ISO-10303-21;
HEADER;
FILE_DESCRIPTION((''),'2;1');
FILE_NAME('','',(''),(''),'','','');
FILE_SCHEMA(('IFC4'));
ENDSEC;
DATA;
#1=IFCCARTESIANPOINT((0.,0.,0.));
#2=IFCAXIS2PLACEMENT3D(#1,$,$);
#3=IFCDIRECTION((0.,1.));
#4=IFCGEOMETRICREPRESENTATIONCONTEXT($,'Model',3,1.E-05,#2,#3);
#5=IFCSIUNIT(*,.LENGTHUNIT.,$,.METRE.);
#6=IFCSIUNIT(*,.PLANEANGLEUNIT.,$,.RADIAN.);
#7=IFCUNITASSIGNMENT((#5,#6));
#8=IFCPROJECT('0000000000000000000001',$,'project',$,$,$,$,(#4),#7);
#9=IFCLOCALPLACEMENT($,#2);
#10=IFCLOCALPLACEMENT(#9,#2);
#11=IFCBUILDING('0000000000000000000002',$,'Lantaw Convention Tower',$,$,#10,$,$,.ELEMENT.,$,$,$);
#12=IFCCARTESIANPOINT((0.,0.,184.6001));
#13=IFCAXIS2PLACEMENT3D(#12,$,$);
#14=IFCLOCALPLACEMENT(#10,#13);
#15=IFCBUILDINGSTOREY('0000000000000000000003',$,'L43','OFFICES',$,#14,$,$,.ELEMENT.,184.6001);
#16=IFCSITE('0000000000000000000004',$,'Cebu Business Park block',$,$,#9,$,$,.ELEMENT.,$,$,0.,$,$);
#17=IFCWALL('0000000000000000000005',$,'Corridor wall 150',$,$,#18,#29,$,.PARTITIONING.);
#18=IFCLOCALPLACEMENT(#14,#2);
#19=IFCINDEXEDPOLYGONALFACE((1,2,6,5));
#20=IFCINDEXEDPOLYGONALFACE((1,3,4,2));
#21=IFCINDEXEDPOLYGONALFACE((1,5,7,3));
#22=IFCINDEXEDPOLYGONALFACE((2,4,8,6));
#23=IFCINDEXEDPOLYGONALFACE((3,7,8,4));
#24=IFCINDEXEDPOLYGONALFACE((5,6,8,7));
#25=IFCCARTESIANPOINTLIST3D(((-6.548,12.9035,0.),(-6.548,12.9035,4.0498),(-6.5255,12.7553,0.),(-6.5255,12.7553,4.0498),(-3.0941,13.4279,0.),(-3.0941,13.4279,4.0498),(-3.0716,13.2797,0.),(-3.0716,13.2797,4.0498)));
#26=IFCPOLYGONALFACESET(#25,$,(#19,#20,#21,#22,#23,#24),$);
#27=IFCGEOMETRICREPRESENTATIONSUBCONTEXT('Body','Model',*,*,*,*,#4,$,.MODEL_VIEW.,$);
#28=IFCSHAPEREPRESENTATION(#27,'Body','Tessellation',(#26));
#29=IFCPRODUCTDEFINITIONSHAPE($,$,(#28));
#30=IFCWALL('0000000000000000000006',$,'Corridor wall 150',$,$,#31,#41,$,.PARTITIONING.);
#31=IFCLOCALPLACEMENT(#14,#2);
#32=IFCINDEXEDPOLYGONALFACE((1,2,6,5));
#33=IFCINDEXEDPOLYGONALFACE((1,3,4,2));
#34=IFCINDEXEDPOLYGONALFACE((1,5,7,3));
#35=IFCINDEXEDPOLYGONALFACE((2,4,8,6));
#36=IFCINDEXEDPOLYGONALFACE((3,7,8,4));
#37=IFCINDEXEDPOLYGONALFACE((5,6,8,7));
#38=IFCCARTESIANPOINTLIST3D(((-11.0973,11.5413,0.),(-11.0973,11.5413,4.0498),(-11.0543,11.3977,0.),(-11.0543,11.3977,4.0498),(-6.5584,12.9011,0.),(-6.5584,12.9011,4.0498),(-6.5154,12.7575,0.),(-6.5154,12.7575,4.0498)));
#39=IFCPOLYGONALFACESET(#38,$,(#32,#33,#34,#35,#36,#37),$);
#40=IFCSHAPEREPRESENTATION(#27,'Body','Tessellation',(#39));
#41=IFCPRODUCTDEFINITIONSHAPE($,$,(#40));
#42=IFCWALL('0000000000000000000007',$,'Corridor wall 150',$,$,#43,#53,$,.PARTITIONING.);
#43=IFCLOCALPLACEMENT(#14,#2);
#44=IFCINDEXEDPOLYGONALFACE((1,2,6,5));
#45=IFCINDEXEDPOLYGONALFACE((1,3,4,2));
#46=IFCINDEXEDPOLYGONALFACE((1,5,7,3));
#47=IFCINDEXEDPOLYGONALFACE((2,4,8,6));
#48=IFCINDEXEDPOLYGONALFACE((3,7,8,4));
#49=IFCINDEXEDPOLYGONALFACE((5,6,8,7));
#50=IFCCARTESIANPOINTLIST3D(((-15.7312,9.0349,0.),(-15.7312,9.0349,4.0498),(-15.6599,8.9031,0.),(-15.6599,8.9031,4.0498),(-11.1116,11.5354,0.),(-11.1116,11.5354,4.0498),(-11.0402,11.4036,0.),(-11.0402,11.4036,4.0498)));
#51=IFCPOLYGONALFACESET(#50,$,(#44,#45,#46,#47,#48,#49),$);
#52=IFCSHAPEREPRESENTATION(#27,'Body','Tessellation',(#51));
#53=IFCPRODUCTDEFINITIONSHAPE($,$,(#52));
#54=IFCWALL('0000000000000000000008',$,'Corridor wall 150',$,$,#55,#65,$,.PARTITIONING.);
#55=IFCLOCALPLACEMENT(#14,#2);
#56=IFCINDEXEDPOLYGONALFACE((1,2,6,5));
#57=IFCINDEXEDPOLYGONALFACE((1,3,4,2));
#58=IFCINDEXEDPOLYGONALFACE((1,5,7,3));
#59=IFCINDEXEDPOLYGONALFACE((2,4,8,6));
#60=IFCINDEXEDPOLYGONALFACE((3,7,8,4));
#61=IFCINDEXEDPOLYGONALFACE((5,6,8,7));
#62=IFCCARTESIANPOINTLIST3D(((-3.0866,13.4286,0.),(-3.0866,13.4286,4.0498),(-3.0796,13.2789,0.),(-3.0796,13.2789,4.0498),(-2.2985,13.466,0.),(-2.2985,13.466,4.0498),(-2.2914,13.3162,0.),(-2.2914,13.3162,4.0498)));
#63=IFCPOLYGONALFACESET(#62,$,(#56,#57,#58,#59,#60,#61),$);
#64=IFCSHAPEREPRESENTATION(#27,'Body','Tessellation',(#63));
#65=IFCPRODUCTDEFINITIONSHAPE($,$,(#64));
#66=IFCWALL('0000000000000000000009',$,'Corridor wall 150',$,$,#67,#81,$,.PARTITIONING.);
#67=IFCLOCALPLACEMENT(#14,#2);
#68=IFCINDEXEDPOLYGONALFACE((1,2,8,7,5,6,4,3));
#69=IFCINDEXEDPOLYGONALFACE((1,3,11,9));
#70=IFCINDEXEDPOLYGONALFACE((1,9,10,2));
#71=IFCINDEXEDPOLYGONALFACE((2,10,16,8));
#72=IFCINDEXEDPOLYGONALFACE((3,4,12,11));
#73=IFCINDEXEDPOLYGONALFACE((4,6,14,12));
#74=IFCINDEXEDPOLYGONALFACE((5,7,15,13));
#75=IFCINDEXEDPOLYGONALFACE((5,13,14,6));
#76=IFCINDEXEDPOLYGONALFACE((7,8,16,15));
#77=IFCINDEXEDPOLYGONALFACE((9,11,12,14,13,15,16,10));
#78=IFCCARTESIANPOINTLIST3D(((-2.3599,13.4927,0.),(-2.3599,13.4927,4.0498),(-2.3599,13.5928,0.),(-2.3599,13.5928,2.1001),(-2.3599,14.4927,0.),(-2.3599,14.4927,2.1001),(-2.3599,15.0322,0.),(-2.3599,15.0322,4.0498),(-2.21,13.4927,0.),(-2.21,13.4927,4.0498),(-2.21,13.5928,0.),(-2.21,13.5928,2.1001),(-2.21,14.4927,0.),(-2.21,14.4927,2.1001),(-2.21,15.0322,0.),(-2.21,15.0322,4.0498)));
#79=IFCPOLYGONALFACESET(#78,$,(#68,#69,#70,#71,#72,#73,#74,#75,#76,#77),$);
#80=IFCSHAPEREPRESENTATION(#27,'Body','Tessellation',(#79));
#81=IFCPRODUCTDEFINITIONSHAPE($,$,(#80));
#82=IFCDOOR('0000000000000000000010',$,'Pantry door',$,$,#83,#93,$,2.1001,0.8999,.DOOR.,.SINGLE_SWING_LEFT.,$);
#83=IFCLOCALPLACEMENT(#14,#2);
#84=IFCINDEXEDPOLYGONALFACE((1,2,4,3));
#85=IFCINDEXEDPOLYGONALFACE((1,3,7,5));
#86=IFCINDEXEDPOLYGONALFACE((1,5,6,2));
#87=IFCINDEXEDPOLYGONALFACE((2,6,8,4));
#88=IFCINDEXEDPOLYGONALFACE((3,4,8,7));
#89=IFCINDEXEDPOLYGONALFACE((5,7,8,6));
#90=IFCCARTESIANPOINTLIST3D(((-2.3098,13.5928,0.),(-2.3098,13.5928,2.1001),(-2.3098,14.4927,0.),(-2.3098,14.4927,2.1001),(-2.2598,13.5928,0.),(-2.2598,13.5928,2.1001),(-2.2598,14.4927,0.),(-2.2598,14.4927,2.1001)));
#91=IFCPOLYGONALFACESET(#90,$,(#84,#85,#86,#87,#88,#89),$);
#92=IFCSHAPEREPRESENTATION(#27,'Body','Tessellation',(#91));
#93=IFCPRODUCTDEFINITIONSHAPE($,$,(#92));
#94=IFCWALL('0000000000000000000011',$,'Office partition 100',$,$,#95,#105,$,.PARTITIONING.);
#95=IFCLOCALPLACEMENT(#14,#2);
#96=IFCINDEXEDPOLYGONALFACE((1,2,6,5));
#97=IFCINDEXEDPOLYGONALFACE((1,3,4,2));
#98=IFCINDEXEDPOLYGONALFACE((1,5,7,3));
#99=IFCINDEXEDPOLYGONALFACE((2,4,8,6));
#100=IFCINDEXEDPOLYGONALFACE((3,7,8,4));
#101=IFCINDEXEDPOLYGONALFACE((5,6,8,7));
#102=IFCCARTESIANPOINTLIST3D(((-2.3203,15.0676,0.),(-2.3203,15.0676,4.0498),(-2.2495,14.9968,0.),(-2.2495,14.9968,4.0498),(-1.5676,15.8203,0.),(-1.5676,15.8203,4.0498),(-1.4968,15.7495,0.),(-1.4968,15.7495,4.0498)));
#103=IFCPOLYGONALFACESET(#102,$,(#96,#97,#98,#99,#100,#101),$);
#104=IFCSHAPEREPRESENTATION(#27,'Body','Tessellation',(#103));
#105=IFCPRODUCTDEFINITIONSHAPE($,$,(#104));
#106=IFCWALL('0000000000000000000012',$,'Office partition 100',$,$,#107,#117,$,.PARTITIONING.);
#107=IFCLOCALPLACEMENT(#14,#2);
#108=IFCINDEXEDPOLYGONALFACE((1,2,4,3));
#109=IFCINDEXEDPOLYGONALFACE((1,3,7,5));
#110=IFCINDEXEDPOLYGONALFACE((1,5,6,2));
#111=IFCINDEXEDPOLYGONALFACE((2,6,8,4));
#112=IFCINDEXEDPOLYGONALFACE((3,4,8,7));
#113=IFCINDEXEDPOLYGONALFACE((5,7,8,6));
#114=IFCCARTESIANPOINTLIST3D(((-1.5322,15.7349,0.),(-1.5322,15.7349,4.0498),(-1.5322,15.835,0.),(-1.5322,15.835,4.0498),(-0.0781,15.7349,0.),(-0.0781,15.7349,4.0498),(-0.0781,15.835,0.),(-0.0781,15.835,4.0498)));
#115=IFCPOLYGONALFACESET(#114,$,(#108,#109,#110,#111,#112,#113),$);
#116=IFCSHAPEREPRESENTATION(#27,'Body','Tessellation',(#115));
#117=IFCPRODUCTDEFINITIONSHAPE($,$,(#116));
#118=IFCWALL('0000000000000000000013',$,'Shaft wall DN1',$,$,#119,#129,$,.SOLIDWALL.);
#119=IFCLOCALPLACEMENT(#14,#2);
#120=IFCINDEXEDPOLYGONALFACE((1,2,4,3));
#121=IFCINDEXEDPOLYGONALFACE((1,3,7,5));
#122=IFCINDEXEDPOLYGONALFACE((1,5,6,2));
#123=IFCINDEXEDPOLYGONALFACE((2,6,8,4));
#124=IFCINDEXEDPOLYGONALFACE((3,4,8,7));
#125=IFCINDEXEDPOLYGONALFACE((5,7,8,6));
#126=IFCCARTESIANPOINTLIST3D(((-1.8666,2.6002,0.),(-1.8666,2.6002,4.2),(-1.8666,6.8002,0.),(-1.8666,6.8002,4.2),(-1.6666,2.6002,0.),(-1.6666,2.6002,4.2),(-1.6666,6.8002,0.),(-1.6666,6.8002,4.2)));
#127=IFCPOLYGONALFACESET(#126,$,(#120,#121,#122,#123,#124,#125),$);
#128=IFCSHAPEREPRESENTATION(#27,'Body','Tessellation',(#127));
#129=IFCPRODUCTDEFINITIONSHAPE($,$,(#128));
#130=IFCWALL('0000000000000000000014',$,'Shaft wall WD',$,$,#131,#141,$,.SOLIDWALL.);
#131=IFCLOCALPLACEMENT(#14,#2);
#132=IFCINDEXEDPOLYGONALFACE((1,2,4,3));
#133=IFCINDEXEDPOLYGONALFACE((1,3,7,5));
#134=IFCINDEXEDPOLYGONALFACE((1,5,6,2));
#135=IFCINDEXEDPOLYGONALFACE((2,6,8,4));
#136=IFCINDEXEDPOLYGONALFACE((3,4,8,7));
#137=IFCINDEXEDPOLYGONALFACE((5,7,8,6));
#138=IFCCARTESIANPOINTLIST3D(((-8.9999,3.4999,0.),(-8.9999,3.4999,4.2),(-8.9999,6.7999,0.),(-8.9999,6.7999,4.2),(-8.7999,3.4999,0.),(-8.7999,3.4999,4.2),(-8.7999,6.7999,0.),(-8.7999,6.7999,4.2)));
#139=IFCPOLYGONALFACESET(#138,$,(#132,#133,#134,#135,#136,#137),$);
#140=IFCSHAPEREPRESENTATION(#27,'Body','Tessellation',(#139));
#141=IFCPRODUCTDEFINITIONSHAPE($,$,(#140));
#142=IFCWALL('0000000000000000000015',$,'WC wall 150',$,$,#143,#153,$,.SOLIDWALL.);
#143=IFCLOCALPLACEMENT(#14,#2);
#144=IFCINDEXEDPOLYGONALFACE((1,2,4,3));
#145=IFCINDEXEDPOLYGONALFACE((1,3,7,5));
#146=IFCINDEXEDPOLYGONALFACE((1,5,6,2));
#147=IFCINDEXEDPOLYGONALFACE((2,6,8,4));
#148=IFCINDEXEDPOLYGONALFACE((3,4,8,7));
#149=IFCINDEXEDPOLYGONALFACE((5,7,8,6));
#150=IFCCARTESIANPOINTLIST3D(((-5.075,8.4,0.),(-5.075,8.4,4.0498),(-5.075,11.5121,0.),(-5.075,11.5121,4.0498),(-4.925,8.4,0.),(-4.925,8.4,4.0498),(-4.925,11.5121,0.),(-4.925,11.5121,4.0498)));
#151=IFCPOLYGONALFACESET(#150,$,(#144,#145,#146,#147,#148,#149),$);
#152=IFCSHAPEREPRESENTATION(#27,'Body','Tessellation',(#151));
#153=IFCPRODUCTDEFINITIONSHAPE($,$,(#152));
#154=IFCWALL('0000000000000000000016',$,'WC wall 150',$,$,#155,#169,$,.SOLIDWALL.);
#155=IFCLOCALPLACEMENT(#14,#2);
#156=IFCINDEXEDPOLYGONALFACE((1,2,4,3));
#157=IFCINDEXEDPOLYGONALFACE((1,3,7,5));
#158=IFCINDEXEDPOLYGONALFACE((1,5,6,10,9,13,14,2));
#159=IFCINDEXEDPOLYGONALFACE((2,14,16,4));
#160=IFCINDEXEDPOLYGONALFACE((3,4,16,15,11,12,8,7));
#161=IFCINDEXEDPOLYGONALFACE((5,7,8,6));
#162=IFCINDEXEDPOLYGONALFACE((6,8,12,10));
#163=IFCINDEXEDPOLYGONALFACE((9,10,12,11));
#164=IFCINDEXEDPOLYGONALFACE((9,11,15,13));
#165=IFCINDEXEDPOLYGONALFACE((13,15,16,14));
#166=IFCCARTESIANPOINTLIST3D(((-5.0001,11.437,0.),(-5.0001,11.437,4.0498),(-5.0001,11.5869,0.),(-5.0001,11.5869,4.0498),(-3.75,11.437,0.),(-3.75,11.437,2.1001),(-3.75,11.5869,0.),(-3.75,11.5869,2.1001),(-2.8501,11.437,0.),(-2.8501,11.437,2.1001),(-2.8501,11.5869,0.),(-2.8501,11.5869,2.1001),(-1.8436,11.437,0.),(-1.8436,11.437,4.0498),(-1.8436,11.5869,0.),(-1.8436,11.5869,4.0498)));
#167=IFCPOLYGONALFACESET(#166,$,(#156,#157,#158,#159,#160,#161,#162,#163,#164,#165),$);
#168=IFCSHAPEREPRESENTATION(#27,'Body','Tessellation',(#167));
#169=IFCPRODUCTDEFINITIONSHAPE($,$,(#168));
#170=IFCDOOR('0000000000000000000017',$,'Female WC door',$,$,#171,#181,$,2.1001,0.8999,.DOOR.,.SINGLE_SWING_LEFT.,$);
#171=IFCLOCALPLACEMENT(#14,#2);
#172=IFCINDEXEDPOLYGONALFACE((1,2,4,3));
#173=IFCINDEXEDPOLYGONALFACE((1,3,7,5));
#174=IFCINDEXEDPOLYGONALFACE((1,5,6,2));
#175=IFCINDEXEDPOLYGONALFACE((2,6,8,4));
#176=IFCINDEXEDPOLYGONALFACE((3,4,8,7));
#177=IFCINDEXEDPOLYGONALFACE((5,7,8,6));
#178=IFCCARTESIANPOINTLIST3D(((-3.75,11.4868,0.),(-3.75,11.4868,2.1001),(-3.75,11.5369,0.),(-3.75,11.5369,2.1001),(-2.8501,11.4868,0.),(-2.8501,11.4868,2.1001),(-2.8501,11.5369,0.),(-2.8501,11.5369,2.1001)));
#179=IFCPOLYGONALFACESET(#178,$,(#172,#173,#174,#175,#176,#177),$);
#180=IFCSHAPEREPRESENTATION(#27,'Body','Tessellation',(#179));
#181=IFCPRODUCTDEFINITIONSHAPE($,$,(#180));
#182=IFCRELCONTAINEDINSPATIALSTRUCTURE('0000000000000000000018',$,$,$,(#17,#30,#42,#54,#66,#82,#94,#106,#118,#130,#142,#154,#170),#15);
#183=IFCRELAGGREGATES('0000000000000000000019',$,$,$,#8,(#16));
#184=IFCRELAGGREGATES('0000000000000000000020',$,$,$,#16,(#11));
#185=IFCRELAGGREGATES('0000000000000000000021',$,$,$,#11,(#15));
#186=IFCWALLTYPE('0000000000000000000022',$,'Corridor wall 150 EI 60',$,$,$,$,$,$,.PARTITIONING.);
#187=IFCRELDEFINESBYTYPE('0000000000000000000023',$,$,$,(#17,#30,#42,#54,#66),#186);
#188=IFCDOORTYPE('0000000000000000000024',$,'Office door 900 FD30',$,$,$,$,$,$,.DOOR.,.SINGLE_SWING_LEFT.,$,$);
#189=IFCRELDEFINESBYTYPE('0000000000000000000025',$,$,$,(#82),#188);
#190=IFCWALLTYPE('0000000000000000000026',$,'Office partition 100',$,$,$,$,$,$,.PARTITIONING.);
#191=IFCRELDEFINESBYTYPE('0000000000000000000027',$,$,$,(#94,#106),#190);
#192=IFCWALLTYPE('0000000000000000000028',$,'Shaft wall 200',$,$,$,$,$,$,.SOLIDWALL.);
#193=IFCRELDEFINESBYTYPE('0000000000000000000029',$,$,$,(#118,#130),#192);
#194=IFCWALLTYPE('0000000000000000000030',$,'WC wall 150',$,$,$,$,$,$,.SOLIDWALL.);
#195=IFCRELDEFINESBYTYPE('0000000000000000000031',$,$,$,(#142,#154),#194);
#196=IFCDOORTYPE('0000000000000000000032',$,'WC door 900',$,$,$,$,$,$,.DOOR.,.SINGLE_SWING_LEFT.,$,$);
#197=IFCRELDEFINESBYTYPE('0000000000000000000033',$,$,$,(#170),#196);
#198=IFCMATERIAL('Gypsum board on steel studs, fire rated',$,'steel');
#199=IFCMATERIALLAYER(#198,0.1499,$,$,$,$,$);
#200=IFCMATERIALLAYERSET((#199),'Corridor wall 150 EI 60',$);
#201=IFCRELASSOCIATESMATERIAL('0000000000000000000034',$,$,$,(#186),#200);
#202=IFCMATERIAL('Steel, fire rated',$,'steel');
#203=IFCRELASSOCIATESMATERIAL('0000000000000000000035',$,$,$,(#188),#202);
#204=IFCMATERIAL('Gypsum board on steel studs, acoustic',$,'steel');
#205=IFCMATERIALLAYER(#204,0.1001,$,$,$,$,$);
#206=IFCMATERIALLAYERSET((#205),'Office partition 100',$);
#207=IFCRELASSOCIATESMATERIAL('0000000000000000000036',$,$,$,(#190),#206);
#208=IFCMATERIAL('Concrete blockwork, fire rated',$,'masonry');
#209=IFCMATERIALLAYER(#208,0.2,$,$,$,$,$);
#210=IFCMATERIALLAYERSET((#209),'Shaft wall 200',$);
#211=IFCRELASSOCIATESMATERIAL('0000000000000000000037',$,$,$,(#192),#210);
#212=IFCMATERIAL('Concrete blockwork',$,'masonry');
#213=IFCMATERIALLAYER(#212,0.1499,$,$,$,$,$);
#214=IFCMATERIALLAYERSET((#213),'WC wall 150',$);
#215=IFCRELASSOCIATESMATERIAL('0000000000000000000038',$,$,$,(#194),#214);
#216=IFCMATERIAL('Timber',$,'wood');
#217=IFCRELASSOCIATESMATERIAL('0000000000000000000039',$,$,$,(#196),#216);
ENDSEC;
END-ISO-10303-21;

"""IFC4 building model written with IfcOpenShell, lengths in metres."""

from ifc_helpers import new_model, si_unit, direction, frame, frame_2d, origin, place, context, subcontext, project, spatial, rectangle, extrude, material, layer, layer_set, type_object, element, fill, save


model = new_model("IFC4")

# Units and contexts
model_context = context("Model", 3, precision=1e-05, world=origin(), true_north=direction((0.0, 1.0)))
body_context = subcontext(model_context, "Body", "Model", "MODEL_VIEW")
ifc_project = project(units=[si_unit("LENGTHUNIT", "METRE"), si_unit("PLANEANGLEUNIT", "RADIAN")], contexts=[model_context])

# Site, building, storey
site_placement = place(None, origin())
site = spatial("IfcSite", under=ifc_project, at=site_placement, Name="Cebu Business Park block", CompositionType="ELEMENT", RefElevation=0.0)
building_placement = place(site_placement, origin())
building = spatial("IfcBuilding", under=site, at=building_placement, Name="Lantaw Convention Tower", CompositionType="ELEMENT")
storey_placement = place(building_placement, frame((0.0, 0.0, 184.6001)))
storey = spatial("IfcBuildingStorey", under=building, at=storey_placement, Name="L43", Description="OFFICES", CompositionType="ELEMENT", Elevation=184.6001)

# Shared definitions
ifc_material_1 = material(Name="Steel, fire rated", Category="steel")

# Walls
ifc_material_2 = material(Name="Gypsum board on steel studs, fire rated", Category="steel")
ifc_layer_1 = layer(ifc_material_2, 0.1499)
ifc_layer_set_1 = layer_set([ifc_layer_1], Name="Corridor wall 150 EI 60")
wall_type_1 = type_object("IfcWallType", Name="Corridor wall 150 EI 60", PredefinedType="PARTITIONING", material=ifc_layer_set_1)
wall_1_placement = place(storey_placement, frame((-3.083, 13.3538, 0.0), z_axis=(0.0, 0.0, 1.0), x_axis=(-0.988669, -0.150114, 0.0)))
element("IfcWall", 1, at=wall_1_placement, inside=storey, type_object=wall_type_1, Name="Corridor wall 150", PredefinedType="PARTITIONING", context=body_context, shape_type="SweptSolid", body=[
    extrude(rectangle(XDim=3.4934, YDim=0.1499, at=frame_2d((1.7466, 0.0))), origin(), (0.0, 0.0, 1.0), 4.0498),
])
wall_2_placement = place(storey_placement, frame((-6.5369, 12.8293, 0.0), z_axis=(0.0, 0.0, 1.0), x_axis=(-0.957934, -0.286989, 0.0)))
element("IfcWall", 2, at=wall_2_placement, inside=storey, type_object=wall_type_1, Name="Corridor wall 150", PredefinedType="PARTITIONING", context=body_context, shape_type="SweptSolid", body=[
    extrude(rectangle(XDim=4.7383, YDim=0.1499, at=frame_2d((2.3691, 0.0))), origin(), (0.0, 0.0, 1.0), 4.0498),
])
wall_3_placement = place(storey_placement, frame((-11.0759, 11.4695, 0.0), z_axis=(0.0, 0.0, 1.0), x_axis=(-0.879436, -0.476017, 0.0)))
element("IfcWall", 3, at=wall_3_placement, inside=storey, type_object=wall_type_1, Name="Corridor wall 150", PredefinedType="PARTITIONING", context=body_context, shape_type="SweptSolid", body=[
    extrude(rectangle(XDim=5.2529, YDim=0.1499, at=frame_2d((2.6265, 0.0))), origin(), (0.0, 0.0, 1.0), 4.0498),
])
wall_4_placement = place(storey_placement, frame((-2.2949, 13.3911, 0.0), z_axis=(0.0, 0.0, 1.0), x_axis=(-0.998879, -0.047345, 0.0)))
element("IfcWall", 4, at=wall_4_placement, inside=storey, type_object=wall_type_1, Name="Corridor wall 150", PredefinedType="PARTITIONING", context=body_context, shape_type="SweptSolid", body=[
    extrude(rectangle(XDim=0.7891, YDim=0.1499, at=frame_2d((0.3945, 0.0))), origin(), (0.0, 0.0, 1.0), 4.0498),
])

# Wall, opening, door
wall_5_placement = place(storey_placement, frame((-2.2849, 13.4927, 0.0), z_axis=(0.0, 0.0, 1.0), x_axis=(0.0, 1.0, 0.0)))
wall_5 = element("IfcWall", 5, at=wall_5_placement, inside=storey, type_object=wall_type_1, Name="Corridor wall 150", PredefinedType="PARTITIONING", context=body_context, shape_type="SweptSolid", body=[
    extrude(rectangle(XDim=1.5396, YDim=0.1499, at=frame_2d((0.7698, 0.0))), origin(), (0.0, 0.0, 1.0), 4.0498),
])
opening_1_placement = place(wall_5_placement, frame((0.1001, 0.0, 0.0)))
opening_1 = element("IfcOpeningElement", 6, at=opening_1_placement, cuts=wall_5, PredefinedType="OPENING", context=body_context, shape_type="SweptSolid", body=[
    extrude(rectangle(XDim=0.8999, YDim=2.1001, at=frame_2d((0.45, 1.05))), frame((0.0, 0.085, 0.0), z_axis=(0.0, -1.0, 0.0), x_axis=(1.0, 0.0, 0.0)), (0.0, 0.0, 1.0), 0.1699),
])
door_type_1 = type_object("IfcDoorType", Name="Office door 900 FD30", OperationType="SINGLE_SWING_LEFT", PredefinedType="DOOR", material=ifc_material_1)
door_1_placement = place(opening_1_placement, origin())
door_1 = element("IfcDoor", 7, at=door_1_placement, inside=storey, type_object=door_type_1, Name="Pantry door", OperationType="SINGLE_SWING_LEFT", OverallHeight=2.1001, OverallWidth=0.8999, PredefinedType="DOOR", context=body_context, shape_type="SweptSolid", body=[
    extrude(rectangle(XDim=0.8999, YDim=2.1001, at=frame_2d((0.45, 1.05))), frame((0.0, 0.0249, 0.0), z_axis=(0.0, -1.0, 0.0), x_axis=(1.0, 0.0, 0.0)), (0.0, 0.0, 1.0), 0.05),
])
fill(opening_1, door_1)

# Walls
ifc_material_3 = material(Name="Gypsum board on steel studs, acoustic", Category="steel")
ifc_layer_2 = layer(ifc_material_3, 0.1001)
ifc_layer_set_2 = layer_set([ifc_layer_2], Name="Office partition 100")
wall_type_2 = type_object("IfcWallType", Name="Office partition 100", PredefinedType="PARTITIONING", material=ifc_layer_set_2)
wall_6_placement = place(storey_placement, frame((-2.2849, 15.0322, 0.0), z_axis=(0.0, 0.0, 1.0), x_axis=(0.707107, 0.707107, 0.0)))
element("IfcWall", 8, at=wall_6_placement, inside=storey, type_object=wall_type_2, Name="Office partition 100", PredefinedType="PARTITIONING", context=body_context, shape_type="SweptSolid", body=[
    extrude(rectangle(XDim=1.0645, YDim=0.1001, at=frame_2d((0.5322, 0.0))), origin(), (0.0, 0.0, 1.0), 4.0498),
])
wall_7_placement = place(storey_placement, frame((-1.5322, 15.7849, 0.0), z_axis=(0.0, 0.0, 1.0), x_axis=(1.0, 0.0, 0.0)))
element("IfcWall", 9, at=wall_7_placement, inside=storey, type_object=wall_type_2, Name="Office partition 100", PredefinedType="PARTITIONING", context=body_context, shape_type="SweptSolid", body=[
    extrude(rectangle(XDim=1.4541, YDim=0.1001, at=frame_2d((0.7271, 0.0))), origin(), (0.0, 0.0, 1.0), 4.0498),
])
ifc_material_4 = material(Name="Concrete blockwork, fire rated", Category="masonry")
ifc_layer_3 = layer(ifc_material_4, 0.2)
ifc_layer_set_3 = layer_set([ifc_layer_3], Name="Shaft wall 200")
wall_type_3 = type_object("IfcWallType", Name="Shaft wall 200", PredefinedType="SOLIDWALL", material=ifc_layer_set_3)
wall_8_placement = place(storey_placement, frame((-1.7666, 2.6001, 0.0), z_axis=(0.0, 0.0, 1.0), x_axis=(0.0, 1.0, 0.0)))
element("IfcWall", 10, at=wall_8_placement, inside=storey, type_object=wall_type_3, Name="Shaft wall DN1", PredefinedType="SOLIDWALL", context=body_context, shape_type="SweptSolid", body=[
    extrude(rectangle(XDim=4.2, YDim=0.2, at=frame_2d((2.1001, 0.0))), origin(), (0.0, 0.0, 1.0), 4.2),
])
wall_9_placement = place(storey_placement, frame((-8.8999, 3.5, 0.0), z_axis=(0.0, 0.0, 1.0), x_axis=(0.0, 1.0, 0.0)))
element("IfcWall", 11, at=wall_9_placement, inside=storey, type_object=wall_type_3, Name="Shaft wall WD", PredefinedType="SOLIDWALL", context=body_context, shape_type="SweptSolid", body=[
    extrude(rectangle(XDim=3.3, YDim=0.2, at=frame_2d((1.6499, 0.0))), origin(), (0.0, 0.0, 1.0), 4.2),
])
ifc_material_5 = material(Name="Concrete blockwork", Category="masonry")
ifc_layer_4 = layer(ifc_material_5, 0.1499)
ifc_layer_set_4 = layer_set([ifc_layer_4], Name="WC wall 150")
wall_type_4 = type_object("IfcWallType", Name="WC wall 150", PredefinedType="SOLIDWALL", material=ifc_layer_set_4)
wall_10_placement = place(storey_placement, frame((-5.0, 8.3999, 0.0), z_axis=(0.0, 0.0, 1.0), x_axis=(0.0, 1.0, 0.0)))
element("IfcWall", 12, at=wall_10_placement, inside=storey, type_object=wall_type_4, Name="WC wall 150", PredefinedType="SOLIDWALL", context=body_context, shape_type="SweptSolid", body=[
    extrude(rectangle(XDim=3.1121, YDim=0.1499, at=frame_2d((1.5562, 0.0))), origin(), (0.0, 0.0, 1.0), 4.0498),
])

# Wall, opening, door
wall_11_placement = place(storey_placement, frame((-5.0, 11.512, 0.0), z_axis=(0.0, 0.0, 1.0), x_axis=(1.0, 0.0, 0.0)))
wall_11 = element("IfcWall", 13, at=wall_11_placement, inside=storey, type_object=wall_type_4, Name="WC wall 150", PredefinedType="SOLIDWALL", context=body_context, shape_type="SweptSolid", body=[
    extrude(rectangle(XDim=3.1565, YDim=0.1499, at=frame_2d((1.5781, 0.0))), origin(), (0.0, 0.0, 1.0), 4.0498),
])
opening_2_placement = place(wall_11_placement, frame((1.25, 0.0, 0.0)))
opening_2 = element("IfcOpeningElement", 14, at=opening_2_placement, cuts=wall_11, PredefinedType="OPENING", context=body_context, shape_type="SweptSolid", body=[
    extrude(rectangle(XDim=0.8999, YDim=2.1001, at=frame_2d((0.45, 1.05))), frame((0.0, 0.085, 0.0), z_axis=(0.0, -1.0, 0.0), x_axis=(1.0, 0.0, 0.0)), (0.0, 0.0, 1.0), 0.1699),
])
ifc_material_6 = material(Name="Timber", Category="wood")
door_type_2 = type_object("IfcDoorType", Name="WC door 900", OperationType="SINGLE_SWING_LEFT", PredefinedType="DOOR", material=ifc_material_6)
door_2_placement = place(opening_2_placement, origin())
door_2 = element("IfcDoor", 15, at=door_2_placement, inside=storey, type_object=door_type_2, Name="Female WC door", OperationType="SINGLE_SWING_LEFT", OverallHeight=2.1001, OverallWidth=0.8999, PredefinedType="DOOR", context=body_context, shape_type="SweptSolid", body=[
    extrude(rectangle(XDim=0.8999, YDim=2.1001, at=frame_2d((0.45, 1.05))), frame((0.0, 0.0249, 0.0), z_axis=(0.0, -1.0, 0.0), x_axis=(1.0, 0.0, 0.0)), (0.0, 0.0, 1.0), 0.05),
])
fill(opening_2, door_2)

save(model, "model.ifc")
